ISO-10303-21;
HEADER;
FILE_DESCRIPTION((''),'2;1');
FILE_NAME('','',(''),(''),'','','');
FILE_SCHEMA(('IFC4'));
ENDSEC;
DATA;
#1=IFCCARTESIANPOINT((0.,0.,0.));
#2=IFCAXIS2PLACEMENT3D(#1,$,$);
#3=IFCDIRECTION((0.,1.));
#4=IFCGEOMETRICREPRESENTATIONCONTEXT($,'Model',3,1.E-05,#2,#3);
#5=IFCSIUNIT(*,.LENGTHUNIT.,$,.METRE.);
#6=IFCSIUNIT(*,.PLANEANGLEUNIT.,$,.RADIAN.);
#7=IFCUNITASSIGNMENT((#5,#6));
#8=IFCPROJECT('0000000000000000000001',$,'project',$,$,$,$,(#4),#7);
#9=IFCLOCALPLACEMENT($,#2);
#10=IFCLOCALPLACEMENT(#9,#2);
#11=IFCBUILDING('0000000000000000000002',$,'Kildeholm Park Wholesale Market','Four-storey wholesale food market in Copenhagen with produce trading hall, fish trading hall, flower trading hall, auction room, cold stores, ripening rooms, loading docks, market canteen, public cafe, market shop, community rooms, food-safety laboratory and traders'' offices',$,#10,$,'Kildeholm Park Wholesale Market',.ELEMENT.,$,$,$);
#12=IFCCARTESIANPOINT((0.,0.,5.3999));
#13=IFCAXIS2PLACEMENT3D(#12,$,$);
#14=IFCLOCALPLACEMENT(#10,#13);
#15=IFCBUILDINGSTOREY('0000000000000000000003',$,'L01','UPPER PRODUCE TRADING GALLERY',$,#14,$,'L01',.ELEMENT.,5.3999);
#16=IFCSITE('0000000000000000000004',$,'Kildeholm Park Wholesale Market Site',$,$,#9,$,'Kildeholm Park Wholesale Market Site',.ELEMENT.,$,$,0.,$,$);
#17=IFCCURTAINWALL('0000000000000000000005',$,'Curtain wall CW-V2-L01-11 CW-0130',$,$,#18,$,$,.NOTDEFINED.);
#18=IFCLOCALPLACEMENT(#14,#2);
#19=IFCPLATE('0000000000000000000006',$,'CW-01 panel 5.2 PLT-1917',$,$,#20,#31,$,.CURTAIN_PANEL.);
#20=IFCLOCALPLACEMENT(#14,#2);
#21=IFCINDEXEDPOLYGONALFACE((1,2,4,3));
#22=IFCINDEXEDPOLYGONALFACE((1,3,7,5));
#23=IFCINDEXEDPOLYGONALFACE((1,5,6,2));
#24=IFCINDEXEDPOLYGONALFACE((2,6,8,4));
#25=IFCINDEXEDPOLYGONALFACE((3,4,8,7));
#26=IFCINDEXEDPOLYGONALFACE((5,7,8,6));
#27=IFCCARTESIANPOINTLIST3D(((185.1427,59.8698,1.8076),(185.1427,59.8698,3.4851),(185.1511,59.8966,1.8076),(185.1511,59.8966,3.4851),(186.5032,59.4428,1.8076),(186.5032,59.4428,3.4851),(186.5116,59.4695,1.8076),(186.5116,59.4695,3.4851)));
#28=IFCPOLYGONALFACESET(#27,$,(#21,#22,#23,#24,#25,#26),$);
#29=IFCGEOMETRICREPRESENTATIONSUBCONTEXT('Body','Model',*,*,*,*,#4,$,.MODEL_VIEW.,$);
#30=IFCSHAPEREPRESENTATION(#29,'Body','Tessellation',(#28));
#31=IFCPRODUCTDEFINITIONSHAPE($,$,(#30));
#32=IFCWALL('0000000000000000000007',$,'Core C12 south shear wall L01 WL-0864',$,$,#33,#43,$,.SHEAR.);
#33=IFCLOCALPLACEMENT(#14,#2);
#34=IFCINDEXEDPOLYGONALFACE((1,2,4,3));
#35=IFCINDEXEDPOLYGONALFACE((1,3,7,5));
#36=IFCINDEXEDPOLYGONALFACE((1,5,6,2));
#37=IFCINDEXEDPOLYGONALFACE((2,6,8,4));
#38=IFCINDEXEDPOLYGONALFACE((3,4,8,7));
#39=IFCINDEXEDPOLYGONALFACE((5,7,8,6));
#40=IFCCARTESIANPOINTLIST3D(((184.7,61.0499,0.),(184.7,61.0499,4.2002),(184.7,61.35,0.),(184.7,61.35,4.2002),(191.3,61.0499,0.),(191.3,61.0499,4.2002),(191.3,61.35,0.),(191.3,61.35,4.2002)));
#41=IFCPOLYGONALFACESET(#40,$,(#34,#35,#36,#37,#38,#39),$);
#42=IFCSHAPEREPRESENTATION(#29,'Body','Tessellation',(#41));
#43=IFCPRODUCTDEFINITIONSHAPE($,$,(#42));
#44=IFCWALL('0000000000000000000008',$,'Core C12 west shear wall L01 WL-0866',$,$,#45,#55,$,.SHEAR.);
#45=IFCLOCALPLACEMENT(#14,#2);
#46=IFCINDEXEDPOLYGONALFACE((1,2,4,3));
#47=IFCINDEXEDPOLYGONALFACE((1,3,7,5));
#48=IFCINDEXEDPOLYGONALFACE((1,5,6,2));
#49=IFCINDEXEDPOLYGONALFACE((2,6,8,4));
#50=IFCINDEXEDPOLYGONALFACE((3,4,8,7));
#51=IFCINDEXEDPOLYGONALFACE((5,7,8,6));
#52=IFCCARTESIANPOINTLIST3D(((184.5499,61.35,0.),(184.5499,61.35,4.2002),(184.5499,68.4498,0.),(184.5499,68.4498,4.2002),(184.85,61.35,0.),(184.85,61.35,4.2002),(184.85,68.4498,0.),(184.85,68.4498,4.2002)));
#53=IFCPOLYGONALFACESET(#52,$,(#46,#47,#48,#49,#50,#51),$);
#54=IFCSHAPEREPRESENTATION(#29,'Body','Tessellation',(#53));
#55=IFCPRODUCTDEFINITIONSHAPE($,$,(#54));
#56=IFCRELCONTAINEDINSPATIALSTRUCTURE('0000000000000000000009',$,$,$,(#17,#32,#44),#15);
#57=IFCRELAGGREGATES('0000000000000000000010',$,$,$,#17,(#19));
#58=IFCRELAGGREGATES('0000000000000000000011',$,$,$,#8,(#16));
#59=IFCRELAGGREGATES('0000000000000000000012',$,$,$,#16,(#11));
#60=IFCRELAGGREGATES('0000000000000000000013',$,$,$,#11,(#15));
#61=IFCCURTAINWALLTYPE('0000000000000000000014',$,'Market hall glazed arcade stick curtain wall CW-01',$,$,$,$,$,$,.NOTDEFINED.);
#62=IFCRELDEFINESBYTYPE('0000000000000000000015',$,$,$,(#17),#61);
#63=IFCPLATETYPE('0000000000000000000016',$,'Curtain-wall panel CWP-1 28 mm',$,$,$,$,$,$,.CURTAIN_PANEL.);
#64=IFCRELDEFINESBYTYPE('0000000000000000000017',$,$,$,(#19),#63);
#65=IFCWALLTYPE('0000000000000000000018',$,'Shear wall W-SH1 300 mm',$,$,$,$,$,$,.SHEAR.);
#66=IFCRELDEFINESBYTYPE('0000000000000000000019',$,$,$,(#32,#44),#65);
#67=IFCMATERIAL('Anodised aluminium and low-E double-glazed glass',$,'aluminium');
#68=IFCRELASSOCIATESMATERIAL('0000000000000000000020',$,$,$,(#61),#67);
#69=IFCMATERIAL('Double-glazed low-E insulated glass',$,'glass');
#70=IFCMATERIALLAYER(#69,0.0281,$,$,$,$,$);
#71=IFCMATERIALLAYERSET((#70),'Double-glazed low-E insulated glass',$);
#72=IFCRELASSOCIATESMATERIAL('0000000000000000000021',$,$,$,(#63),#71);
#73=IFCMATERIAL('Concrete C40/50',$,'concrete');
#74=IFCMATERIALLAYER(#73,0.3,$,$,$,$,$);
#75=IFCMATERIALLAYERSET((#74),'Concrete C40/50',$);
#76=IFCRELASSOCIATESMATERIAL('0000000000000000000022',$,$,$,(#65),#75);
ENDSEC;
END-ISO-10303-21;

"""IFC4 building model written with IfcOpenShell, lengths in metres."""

from ifc_helpers import new_model, si_unit, direction, frame, frame_2d, origin, origin_2d, place, context, subcontext, project, spatial, rectangle, extrude, material, layer, layer_set, type_object, element, aggregate, save


model = new_model("IFC4")

# Units and contexts
model_context = context("Model", 3, precision=1e-05, world=origin(), true_north=direction((0.0, 1.0)))
body_context = subcontext(model_context, "Body", "Model", "MODEL_VIEW")
ifc_project = project(units=[si_unit("LENGTHUNIT", "METRE"), si_unit("PLANEANGLEUNIT", "RADIAN")], contexts=[model_context])

# Site, building, storey
site_placement = place(None, origin())
site = spatial("IfcSite", under=ifc_project, at=site_placement, Name="Kildeholm Park Wholesale Market Site", LongName="Kildeholm Park Wholesale Market Site", CompositionType="ELEMENT", RefElevation=0.0)
building_placement = place(site_placement, origin())
building = spatial("IfcBuilding", under=site, at=building_placement, Name="Kildeholm Park Wholesale Market", Description="Four-storey wholesale food market in Copenhagen with produce trading hall, fish trading hall, flower trading hall, auction room, cold stores, ripening rooms, loading docks, market canteen, public cafe, market shop, community rooms, food-safety laboratory and traders' offices", LongName="Kildeholm Park Wholesale Market", CompositionType="ELEMENT")
storey_placement = place(building_placement, frame((0.0, 0.0, 5.3999)))
storey = spatial("IfcBuildingStorey", under=building, at=storey_placement, Name="L01", Description="UPPER PRODUCE TRADING GALLERY", LongName="L01", CompositionType="ELEMENT", Elevation=5.3999)

# Shared definitions
ifc_material_1 = material(Name="Anodised aluminium and low-E double-glazed glass", Category="aluminium")
curtain_wall_type = type_object("IfcCurtainWallType", Name="Market hall glazed arcade stick curtain wall CW-01", PredefinedType="NOTDEFINED", material=ifc_material_1)

# Curtain wall
curtain_wall_1_placement = place(storey_placement, origin())
curtain_wall_1 = element("IfcCurtainWall", 1, at=curtain_wall_1_placement, inside=storey, type_object=curtain_wall_type, Name="Curtain wall CW-V2-L01-11 CW-0130", PredefinedType="NOTDEFINED")

# Plate
ifc_material_2 = material(Name="Double-glazed low-E insulated glass", Category="glass")
ifc_layer_1 = layer(ifc_material_2, 0.0281)
ifc_layer_set_1 = layer_set([ifc_layer_1], Name="Double-glazed low-E insulated glass")
plate_type = type_object("IfcPlateType", Name="Curtain-wall panel CWP-1 28 mm", PredefinedType="CURTAIN_PANEL", material=ifc_layer_set_1)
plate_1_placement = place(storey_placement, frame((185.8271, 59.6697, 1.8076), z_axis=(0.0, 0.0, 1.0), x_axis=(0.954103, -0.299478, 0.0)))
plate_1 = element("IfcPlate", 2, at=plate_1_placement, type_object=plate_type, Name="CW-01 panel 5.2 PLT-1917", PredefinedType="CURTAIN_PANEL", context=body_context, shape_type="SweptSolid", body=[
    extrude(rectangle(XDim=1.426, YDim=0.0281, at=origin_2d()), origin(), (0.0, 0.0, 1.0), 1.6775),
])
aggregate(curtain_wall_1, [plate_1])

# Walls
ifc_material_3 = material(Name="Concrete C40/50", Category="concrete")
ifc_layer_2 = layer(ifc_material_3, 0.3)
ifc_layer_set_2 = layer_set([ifc_layer_2], Name="Concrete C40/50")
wall_type = type_object("IfcWallType", Name="Shear wall W-SH1 300 mm", PredefinedType="SHEAR", material=ifc_layer_set_2)
wall_1_placement = place(storey_placement, frame((184.7, 61.2, 0.0), z_axis=(0.0, 0.0, 1.0), x_axis=(1.0, 0.0, 0.0)))
element("IfcWall", 3, at=wall_1_placement, inside=storey, type_object=wall_type, Name="Core C12 south shear wall L01 WL-0864", PredefinedType="SHEAR", context=body_context, shape_type="SweptSolid", body=[
    extrude(rectangle(XDim=6.6001, YDim=0.3, at=frame_2d((3.3, 0.0))), origin(), (0.0, 0.0, 1.0), 4.2002),
])
wall_2_placement = place(storey_placement, frame((184.7, 61.3501, 0.0), z_axis=(0.0, 0.0, 1.0), x_axis=(0.0, 1.0, 0.0)))
element("IfcWall", 4, at=wall_2_placement, inside=storey, type_object=wall_type, Name="Core C12 west shear wall L01 WL-0866", PredefinedType="SHEAR", context=body_context, shape_type="SweptSolid", body=[
    extrude(rectangle(XDim=7.0999, YDim=0.3, at=frame_2d((3.5498, 0.0))), origin(), (0.0, 0.0, 1.0), 4.2002),
])

save(model, "model.ifc")
